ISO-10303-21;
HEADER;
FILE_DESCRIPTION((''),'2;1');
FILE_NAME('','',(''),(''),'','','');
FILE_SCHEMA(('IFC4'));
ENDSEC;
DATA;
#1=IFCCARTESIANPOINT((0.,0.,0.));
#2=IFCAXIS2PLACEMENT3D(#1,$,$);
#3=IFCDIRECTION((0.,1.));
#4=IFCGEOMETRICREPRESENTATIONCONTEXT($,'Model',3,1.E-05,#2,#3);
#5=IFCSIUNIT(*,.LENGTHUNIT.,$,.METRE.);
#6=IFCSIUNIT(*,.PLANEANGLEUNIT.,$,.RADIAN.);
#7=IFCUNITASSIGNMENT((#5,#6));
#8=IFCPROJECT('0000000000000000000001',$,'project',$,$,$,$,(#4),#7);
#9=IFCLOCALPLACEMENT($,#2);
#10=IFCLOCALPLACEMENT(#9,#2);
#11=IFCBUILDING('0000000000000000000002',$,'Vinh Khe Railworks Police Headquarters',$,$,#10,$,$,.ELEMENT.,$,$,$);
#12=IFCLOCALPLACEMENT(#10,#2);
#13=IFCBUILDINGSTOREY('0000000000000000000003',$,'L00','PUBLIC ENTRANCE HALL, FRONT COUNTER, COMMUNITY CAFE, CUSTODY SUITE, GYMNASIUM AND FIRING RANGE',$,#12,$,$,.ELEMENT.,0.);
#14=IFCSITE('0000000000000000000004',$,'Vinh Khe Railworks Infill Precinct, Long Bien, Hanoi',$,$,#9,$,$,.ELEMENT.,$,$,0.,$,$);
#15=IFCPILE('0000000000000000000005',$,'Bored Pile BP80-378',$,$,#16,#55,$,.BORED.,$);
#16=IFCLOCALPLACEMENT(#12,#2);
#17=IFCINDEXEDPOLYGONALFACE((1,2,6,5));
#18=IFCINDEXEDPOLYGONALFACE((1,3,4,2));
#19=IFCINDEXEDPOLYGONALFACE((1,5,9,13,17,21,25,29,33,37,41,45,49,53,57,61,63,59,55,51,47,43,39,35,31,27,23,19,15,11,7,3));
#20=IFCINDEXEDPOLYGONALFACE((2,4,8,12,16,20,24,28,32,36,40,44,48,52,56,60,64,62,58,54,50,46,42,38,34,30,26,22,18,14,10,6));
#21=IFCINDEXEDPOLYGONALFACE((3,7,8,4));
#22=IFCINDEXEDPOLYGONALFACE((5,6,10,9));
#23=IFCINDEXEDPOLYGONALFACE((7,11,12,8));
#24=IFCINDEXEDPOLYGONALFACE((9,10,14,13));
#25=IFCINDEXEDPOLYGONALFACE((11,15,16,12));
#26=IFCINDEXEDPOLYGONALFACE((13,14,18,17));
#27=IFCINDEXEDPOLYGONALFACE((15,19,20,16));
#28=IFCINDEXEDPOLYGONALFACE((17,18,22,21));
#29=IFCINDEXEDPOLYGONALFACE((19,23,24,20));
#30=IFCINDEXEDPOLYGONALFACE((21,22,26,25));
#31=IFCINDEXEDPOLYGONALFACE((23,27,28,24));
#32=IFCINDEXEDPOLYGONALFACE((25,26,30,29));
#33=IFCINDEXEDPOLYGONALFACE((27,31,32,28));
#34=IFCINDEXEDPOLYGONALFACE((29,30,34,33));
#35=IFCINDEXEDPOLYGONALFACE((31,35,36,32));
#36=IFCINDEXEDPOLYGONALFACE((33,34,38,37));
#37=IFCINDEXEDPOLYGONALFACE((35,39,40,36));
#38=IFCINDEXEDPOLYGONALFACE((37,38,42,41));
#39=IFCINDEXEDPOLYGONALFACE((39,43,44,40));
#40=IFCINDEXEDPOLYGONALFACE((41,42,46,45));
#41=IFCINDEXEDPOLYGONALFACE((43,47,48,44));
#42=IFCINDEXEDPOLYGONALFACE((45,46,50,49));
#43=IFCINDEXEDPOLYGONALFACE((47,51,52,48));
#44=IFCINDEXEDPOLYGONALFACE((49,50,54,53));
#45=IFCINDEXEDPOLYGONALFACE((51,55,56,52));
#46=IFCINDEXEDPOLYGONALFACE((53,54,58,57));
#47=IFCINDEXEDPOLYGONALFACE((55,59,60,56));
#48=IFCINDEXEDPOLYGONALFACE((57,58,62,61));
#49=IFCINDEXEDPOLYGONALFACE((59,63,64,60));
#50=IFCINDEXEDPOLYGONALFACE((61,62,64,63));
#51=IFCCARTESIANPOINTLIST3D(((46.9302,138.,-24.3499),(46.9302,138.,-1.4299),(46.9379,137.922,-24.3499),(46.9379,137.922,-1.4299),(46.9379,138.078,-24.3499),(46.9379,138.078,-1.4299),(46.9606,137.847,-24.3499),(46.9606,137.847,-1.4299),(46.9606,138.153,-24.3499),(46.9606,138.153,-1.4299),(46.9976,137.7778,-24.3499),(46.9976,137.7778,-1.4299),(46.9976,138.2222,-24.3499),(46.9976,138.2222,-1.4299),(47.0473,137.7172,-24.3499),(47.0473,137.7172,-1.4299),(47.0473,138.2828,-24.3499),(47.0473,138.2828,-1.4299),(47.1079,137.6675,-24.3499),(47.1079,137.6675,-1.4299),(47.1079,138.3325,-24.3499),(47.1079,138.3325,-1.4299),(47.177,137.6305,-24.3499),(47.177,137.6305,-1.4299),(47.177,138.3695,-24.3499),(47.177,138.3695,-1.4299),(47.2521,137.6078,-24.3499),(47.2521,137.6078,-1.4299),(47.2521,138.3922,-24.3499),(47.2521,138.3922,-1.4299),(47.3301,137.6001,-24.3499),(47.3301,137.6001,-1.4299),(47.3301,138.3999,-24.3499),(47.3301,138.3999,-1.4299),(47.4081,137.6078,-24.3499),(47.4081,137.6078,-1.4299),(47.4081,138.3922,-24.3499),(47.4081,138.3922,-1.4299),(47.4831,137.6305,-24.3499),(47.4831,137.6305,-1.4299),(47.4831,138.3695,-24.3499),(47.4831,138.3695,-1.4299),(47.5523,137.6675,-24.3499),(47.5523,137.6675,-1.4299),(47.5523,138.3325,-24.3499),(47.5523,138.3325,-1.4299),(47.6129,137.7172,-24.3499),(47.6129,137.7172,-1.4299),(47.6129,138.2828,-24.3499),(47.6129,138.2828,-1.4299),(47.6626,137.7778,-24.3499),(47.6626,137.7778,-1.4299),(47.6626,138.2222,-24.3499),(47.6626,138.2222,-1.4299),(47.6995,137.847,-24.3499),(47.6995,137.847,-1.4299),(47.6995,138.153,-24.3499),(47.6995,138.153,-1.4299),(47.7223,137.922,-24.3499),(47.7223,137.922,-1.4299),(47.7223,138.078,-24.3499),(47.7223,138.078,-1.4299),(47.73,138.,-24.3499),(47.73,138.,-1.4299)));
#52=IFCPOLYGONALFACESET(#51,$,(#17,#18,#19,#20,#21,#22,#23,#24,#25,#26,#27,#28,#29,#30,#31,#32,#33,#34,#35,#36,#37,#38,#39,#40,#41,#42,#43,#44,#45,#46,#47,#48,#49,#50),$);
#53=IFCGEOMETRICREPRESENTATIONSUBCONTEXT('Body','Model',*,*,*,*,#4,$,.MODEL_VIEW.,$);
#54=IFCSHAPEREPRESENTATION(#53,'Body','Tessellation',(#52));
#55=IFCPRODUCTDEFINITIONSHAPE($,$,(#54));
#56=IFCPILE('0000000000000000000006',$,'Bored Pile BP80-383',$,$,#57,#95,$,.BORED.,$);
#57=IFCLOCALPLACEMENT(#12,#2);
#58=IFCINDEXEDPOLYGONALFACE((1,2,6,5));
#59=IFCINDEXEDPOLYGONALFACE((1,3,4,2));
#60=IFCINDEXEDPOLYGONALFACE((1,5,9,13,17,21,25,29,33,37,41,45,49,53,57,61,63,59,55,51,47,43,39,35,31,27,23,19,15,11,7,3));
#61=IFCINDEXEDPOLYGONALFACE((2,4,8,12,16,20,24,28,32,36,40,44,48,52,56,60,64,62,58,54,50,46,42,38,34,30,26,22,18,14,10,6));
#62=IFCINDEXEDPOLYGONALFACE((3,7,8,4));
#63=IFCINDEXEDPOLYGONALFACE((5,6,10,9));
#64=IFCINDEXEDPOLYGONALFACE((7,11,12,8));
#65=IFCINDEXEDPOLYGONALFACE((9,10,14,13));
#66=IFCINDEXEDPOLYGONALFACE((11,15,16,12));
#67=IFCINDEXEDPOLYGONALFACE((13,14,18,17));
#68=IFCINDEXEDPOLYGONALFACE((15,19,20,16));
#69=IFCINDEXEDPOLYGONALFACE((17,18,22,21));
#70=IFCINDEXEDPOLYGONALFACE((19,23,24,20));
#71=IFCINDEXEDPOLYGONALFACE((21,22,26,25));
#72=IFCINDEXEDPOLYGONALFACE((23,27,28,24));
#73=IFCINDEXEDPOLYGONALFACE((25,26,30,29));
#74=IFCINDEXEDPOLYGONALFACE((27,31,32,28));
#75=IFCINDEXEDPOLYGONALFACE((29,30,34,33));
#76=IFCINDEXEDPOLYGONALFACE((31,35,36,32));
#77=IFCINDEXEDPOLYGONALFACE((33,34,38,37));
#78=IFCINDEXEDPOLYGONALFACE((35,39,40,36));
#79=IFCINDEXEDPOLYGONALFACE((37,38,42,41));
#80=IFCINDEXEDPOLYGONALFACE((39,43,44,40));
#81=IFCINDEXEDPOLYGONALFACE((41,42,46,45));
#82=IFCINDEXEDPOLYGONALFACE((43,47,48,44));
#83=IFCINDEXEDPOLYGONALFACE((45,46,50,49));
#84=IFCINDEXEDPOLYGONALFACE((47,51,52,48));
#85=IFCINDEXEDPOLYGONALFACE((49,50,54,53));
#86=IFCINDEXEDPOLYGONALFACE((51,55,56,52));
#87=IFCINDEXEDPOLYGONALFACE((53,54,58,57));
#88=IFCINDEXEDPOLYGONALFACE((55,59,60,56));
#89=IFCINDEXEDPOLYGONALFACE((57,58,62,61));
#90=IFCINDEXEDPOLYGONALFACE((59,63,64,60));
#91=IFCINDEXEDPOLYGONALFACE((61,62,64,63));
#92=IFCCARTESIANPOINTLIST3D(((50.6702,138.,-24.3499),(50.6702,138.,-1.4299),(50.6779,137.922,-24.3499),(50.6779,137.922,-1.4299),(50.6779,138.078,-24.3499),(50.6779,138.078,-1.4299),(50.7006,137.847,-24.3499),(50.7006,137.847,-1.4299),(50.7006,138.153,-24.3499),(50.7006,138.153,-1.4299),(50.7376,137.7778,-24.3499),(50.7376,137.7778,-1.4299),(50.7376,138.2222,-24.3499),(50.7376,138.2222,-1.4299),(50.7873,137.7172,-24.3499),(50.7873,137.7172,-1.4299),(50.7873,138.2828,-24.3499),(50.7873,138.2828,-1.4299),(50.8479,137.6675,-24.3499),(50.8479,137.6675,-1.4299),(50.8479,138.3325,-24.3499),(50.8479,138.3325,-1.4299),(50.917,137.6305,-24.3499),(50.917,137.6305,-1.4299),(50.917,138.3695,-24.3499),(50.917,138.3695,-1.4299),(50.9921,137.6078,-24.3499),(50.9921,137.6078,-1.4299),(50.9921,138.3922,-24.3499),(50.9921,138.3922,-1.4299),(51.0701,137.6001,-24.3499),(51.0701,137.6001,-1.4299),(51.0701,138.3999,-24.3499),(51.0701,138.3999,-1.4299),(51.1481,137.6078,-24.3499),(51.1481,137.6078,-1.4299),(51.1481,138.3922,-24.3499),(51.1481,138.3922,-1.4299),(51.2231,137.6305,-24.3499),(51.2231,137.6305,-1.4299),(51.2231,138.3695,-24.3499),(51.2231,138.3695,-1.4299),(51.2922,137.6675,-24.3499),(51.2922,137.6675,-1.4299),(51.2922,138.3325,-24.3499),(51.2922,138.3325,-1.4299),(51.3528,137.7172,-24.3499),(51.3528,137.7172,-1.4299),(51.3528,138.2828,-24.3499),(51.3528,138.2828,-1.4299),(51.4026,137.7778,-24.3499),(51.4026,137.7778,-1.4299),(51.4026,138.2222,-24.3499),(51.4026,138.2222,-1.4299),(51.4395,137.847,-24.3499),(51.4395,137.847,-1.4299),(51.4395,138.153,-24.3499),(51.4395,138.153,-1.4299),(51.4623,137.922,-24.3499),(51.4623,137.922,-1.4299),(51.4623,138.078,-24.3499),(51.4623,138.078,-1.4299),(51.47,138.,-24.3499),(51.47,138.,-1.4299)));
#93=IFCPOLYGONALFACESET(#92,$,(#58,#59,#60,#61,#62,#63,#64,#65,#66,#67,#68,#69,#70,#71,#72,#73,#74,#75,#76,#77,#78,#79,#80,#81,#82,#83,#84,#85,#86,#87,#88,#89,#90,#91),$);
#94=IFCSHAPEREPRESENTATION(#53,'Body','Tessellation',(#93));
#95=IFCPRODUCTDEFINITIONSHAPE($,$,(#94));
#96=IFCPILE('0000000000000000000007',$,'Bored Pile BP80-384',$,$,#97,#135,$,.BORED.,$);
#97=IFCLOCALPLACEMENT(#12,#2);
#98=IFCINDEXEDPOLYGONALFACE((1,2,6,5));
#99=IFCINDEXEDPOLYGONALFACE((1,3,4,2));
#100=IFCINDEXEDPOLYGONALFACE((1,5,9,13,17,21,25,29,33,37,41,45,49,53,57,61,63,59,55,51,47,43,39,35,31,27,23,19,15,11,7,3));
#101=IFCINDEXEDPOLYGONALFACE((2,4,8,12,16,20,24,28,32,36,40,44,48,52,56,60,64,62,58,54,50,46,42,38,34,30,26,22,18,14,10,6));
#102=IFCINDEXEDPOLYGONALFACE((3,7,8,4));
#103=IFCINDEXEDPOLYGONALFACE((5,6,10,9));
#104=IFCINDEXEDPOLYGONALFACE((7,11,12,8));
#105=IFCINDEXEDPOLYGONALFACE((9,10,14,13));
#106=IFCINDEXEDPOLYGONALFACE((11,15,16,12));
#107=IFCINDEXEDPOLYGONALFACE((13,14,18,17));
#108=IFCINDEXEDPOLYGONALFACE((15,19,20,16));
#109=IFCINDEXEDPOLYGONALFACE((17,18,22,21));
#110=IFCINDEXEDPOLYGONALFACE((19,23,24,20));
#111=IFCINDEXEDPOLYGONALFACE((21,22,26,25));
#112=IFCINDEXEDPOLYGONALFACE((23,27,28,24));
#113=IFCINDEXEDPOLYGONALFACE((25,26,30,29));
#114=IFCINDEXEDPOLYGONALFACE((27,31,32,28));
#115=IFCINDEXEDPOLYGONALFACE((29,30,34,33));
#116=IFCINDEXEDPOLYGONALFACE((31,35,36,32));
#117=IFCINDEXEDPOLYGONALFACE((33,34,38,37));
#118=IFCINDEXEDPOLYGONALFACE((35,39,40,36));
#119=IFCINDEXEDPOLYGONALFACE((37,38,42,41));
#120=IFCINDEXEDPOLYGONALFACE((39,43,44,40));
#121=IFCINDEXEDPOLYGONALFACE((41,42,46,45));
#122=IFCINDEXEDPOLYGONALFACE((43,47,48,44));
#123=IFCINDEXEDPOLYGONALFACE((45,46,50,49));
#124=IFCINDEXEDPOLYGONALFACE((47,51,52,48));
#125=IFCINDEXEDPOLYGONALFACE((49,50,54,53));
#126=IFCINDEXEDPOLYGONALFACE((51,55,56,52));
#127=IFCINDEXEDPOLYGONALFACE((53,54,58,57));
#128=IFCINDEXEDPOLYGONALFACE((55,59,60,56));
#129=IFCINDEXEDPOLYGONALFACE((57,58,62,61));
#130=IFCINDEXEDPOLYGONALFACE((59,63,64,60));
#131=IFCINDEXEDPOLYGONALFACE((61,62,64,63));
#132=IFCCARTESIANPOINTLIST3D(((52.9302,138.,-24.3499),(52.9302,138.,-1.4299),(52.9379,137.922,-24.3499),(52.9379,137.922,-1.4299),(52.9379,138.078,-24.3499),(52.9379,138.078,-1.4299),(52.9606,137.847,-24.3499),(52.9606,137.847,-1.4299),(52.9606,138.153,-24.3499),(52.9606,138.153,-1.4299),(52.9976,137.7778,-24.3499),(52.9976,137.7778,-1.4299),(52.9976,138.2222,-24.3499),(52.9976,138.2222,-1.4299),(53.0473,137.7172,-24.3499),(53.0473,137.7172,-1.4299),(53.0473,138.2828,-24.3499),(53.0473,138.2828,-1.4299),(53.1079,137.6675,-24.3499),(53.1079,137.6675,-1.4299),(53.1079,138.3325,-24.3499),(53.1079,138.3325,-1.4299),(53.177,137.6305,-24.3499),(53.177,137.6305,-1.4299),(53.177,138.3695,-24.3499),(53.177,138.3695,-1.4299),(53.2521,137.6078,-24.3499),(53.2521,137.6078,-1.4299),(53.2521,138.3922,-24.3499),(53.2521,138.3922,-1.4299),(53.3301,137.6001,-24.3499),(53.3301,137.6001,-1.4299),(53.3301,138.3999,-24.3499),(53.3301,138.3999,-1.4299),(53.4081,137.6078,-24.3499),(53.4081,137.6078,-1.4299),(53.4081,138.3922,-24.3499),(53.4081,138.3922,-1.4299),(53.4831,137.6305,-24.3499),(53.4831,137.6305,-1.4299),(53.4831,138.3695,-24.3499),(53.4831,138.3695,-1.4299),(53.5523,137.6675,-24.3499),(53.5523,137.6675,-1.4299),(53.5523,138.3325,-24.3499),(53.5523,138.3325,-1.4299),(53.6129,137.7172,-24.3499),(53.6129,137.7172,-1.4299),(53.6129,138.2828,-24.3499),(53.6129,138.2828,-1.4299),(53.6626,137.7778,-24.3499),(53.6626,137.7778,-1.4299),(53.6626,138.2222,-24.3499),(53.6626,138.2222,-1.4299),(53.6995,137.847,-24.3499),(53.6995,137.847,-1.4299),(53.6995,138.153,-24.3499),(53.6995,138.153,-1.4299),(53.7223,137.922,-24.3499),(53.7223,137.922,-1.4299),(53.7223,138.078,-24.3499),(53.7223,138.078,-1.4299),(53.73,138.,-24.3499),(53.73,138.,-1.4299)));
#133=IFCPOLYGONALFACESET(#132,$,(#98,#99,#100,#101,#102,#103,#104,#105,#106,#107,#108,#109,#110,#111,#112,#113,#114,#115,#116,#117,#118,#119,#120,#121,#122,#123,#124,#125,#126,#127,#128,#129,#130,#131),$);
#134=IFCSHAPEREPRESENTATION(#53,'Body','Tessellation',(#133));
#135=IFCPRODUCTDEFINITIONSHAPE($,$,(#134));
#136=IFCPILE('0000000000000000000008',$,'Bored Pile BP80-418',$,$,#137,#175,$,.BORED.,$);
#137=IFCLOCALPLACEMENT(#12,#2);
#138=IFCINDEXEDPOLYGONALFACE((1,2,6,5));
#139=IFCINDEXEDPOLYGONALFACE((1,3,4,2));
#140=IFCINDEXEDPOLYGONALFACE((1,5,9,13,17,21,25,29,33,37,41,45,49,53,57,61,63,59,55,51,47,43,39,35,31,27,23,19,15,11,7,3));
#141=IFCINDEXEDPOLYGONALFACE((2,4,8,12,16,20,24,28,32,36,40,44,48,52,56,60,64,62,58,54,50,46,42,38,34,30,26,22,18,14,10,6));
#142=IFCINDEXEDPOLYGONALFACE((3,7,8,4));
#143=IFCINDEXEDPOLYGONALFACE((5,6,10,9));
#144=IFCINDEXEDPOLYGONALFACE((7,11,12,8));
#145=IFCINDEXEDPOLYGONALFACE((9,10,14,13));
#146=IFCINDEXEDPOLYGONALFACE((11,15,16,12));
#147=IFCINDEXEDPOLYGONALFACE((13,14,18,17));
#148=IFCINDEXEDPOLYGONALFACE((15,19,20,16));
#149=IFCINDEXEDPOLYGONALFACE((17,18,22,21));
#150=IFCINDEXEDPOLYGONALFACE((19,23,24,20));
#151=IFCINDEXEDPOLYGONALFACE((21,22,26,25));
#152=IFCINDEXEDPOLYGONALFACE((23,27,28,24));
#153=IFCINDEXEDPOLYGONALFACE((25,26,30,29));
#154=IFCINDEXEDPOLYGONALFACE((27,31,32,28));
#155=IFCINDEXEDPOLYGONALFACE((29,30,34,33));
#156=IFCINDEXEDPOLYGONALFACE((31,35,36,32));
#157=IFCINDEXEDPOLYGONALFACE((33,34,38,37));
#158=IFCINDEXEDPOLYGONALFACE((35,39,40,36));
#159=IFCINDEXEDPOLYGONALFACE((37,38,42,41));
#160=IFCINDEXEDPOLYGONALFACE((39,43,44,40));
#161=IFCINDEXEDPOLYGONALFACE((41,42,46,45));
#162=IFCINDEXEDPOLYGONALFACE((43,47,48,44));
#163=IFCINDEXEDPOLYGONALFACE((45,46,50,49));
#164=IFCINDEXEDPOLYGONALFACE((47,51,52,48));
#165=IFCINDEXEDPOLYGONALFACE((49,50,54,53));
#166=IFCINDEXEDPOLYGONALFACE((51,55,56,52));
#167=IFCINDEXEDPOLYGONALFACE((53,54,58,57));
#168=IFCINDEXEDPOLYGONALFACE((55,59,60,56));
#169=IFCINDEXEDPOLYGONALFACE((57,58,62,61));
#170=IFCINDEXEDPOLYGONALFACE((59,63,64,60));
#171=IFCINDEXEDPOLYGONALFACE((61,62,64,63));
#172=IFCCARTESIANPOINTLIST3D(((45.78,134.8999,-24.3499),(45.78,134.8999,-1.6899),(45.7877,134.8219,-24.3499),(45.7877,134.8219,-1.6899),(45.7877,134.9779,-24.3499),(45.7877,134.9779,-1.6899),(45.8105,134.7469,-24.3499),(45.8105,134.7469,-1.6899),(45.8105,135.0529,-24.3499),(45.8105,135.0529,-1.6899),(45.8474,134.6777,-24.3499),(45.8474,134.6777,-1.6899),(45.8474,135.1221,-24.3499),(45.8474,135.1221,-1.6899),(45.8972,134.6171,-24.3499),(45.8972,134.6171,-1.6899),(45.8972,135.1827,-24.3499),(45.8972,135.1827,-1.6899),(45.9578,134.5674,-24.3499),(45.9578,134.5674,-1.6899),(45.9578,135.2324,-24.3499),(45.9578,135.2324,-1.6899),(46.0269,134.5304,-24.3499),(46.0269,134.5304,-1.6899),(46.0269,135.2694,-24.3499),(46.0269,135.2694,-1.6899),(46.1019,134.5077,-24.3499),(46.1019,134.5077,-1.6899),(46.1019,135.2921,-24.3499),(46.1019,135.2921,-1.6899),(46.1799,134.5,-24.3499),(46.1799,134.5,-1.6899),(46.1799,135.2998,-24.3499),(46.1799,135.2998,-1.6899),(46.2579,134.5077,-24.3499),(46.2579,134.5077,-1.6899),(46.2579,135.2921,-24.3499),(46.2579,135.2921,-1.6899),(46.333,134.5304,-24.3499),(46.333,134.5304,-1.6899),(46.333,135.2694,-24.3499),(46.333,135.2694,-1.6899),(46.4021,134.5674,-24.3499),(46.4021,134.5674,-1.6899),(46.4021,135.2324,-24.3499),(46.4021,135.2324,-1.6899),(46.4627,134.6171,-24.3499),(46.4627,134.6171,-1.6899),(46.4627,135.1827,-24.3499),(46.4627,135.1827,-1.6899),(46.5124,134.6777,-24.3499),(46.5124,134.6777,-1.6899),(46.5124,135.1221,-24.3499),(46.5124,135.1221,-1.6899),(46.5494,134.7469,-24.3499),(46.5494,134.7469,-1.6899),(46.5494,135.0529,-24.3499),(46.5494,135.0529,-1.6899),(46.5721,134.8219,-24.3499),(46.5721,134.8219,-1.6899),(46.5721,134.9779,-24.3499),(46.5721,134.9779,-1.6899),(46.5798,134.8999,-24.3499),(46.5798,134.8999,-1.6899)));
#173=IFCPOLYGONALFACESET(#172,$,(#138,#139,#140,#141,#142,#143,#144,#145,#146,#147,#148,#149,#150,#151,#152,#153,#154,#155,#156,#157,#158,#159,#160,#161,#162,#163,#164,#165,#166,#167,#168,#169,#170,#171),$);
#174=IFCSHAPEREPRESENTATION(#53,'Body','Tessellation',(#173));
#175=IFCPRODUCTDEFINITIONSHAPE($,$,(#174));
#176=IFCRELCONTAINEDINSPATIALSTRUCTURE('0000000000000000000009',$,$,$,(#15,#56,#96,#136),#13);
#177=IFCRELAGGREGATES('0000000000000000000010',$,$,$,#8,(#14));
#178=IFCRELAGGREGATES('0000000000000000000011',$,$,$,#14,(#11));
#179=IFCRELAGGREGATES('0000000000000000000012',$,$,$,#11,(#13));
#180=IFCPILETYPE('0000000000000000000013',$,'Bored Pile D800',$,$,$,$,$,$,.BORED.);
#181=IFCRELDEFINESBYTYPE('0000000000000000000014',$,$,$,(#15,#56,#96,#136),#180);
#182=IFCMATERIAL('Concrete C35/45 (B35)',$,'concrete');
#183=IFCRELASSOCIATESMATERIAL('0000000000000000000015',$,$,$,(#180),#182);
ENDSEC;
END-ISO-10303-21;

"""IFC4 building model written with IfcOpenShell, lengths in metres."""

from ifc_helpers import new_model, si_unit, direction, frame, origin, origin_2d, place, context, subcontext, project, spatial, circle, extrude, material, material_profile, profile_set, type_object, element, save


model = new_model("IFC4")

# Units and contexts
model_context = context("Model", 3, precision=1e-05, world=origin(), true_north=direction((0.0, 1.0)))
body_context = subcontext(model_context, "Body", "Model", "MODEL_VIEW")
ifc_project = project(units=[si_unit("LENGTHUNIT", "METRE"), si_unit("PLANEANGLEUNIT", "RADIAN")], contexts=[model_context])

# Site, building, storey
site_placement = place(None, origin())
site = spatial("IfcSite", under=ifc_project, at=site_placement, Name="Vinh Khe Railworks Infill Precinct, Long Bien, Hanoi", CompositionType="ELEMENT", RefElevation=0.0)
building_placement = place(site_placement, origin())
building = spatial("IfcBuilding", under=site, at=building_placement, Name="Vinh Khe Railworks Police Headquarters", CompositionType="ELEMENT")
storey_placement = place(building_placement, origin())
storey = spatial("IfcBuildingStorey", under=building, at=storey_placement, Name="L00", Description="PUBLIC ENTRANCE HALL, FRONT COUNTER, COMMUNITY CAFE, CUSTODY SUITE, GYMNASIUM AND FIRING RANGE", CompositionType="ELEMENT", Elevation=0.0)

# Piles
ifc_material_1 = material(Name="Concrete C35/45 (B35)", Category="concrete")
ifc_material_profile_1 = material_profile(ifc_material_1, circle(Radius=0.3999, at=origin_2d()), Name="BORED PILE D800")
ifc_profile_set_1 = profile_set([ifc_material_profile_1], Name="Concrete C35/45 (B35)")
pile_type = type_object("IfcPileType", Name="Bored Pile D800", PredefinedType="BORED", material=ifc_profile_set_1)
for number, where, z_axis, x_axis, name in (
    (1, (47.3301, 138.0, -1.4299), (0.0, 0.0, -1.0), (1.0, 0.0, 0.0), "Bored Pile BP80-378"),
    (2, (51.0701, 138.0, -1.4299), (0.0, 0.0, -1.0), (1.0, 0.0, 0.0), "Bored Pile BP80-383"),
    (3, (53.3301, 138.0, -1.4299), (0.0, 0.0, -1.0), (1.0, 0.0, 0.0), "Bored Pile BP80-384"),
):
    element("IfcPile", number, at=place(storey_placement, frame(where, z_axis=z_axis, x_axis=x_axis)), inside=storey, type_object=pile_type, Name=name, PredefinedType="BORED", context=body_context, shape_type="SweptSolid", body=[
        extrude(circle(Radius=0.3999, at=origin_2d()), origin(), (0.0, 0.0, 1.0), 22.9199),
    ])
for number, where, z_axis, x_axis, name in (
    (4, (46.1799, 134.8999, -1.6899), (0.0, 0.0, -1.0), (1.0, 0.0, 0.0), "Bored Pile BP80-418"),
):
    element("IfcPile", number, at=place(storey_placement, frame(where, z_axis=z_axis, x_axis=x_axis)), inside=storey, type_object=pile_type, Name=name, PredefinedType="BORED", context=body_context, shape_type="SweptSolid", body=[
        extrude(circle(Radius=0.3999, at=origin_2d()), origin(), (0.0, 0.0, 1.0), 22.6599),
    ])

save(model, "model.ifc")
